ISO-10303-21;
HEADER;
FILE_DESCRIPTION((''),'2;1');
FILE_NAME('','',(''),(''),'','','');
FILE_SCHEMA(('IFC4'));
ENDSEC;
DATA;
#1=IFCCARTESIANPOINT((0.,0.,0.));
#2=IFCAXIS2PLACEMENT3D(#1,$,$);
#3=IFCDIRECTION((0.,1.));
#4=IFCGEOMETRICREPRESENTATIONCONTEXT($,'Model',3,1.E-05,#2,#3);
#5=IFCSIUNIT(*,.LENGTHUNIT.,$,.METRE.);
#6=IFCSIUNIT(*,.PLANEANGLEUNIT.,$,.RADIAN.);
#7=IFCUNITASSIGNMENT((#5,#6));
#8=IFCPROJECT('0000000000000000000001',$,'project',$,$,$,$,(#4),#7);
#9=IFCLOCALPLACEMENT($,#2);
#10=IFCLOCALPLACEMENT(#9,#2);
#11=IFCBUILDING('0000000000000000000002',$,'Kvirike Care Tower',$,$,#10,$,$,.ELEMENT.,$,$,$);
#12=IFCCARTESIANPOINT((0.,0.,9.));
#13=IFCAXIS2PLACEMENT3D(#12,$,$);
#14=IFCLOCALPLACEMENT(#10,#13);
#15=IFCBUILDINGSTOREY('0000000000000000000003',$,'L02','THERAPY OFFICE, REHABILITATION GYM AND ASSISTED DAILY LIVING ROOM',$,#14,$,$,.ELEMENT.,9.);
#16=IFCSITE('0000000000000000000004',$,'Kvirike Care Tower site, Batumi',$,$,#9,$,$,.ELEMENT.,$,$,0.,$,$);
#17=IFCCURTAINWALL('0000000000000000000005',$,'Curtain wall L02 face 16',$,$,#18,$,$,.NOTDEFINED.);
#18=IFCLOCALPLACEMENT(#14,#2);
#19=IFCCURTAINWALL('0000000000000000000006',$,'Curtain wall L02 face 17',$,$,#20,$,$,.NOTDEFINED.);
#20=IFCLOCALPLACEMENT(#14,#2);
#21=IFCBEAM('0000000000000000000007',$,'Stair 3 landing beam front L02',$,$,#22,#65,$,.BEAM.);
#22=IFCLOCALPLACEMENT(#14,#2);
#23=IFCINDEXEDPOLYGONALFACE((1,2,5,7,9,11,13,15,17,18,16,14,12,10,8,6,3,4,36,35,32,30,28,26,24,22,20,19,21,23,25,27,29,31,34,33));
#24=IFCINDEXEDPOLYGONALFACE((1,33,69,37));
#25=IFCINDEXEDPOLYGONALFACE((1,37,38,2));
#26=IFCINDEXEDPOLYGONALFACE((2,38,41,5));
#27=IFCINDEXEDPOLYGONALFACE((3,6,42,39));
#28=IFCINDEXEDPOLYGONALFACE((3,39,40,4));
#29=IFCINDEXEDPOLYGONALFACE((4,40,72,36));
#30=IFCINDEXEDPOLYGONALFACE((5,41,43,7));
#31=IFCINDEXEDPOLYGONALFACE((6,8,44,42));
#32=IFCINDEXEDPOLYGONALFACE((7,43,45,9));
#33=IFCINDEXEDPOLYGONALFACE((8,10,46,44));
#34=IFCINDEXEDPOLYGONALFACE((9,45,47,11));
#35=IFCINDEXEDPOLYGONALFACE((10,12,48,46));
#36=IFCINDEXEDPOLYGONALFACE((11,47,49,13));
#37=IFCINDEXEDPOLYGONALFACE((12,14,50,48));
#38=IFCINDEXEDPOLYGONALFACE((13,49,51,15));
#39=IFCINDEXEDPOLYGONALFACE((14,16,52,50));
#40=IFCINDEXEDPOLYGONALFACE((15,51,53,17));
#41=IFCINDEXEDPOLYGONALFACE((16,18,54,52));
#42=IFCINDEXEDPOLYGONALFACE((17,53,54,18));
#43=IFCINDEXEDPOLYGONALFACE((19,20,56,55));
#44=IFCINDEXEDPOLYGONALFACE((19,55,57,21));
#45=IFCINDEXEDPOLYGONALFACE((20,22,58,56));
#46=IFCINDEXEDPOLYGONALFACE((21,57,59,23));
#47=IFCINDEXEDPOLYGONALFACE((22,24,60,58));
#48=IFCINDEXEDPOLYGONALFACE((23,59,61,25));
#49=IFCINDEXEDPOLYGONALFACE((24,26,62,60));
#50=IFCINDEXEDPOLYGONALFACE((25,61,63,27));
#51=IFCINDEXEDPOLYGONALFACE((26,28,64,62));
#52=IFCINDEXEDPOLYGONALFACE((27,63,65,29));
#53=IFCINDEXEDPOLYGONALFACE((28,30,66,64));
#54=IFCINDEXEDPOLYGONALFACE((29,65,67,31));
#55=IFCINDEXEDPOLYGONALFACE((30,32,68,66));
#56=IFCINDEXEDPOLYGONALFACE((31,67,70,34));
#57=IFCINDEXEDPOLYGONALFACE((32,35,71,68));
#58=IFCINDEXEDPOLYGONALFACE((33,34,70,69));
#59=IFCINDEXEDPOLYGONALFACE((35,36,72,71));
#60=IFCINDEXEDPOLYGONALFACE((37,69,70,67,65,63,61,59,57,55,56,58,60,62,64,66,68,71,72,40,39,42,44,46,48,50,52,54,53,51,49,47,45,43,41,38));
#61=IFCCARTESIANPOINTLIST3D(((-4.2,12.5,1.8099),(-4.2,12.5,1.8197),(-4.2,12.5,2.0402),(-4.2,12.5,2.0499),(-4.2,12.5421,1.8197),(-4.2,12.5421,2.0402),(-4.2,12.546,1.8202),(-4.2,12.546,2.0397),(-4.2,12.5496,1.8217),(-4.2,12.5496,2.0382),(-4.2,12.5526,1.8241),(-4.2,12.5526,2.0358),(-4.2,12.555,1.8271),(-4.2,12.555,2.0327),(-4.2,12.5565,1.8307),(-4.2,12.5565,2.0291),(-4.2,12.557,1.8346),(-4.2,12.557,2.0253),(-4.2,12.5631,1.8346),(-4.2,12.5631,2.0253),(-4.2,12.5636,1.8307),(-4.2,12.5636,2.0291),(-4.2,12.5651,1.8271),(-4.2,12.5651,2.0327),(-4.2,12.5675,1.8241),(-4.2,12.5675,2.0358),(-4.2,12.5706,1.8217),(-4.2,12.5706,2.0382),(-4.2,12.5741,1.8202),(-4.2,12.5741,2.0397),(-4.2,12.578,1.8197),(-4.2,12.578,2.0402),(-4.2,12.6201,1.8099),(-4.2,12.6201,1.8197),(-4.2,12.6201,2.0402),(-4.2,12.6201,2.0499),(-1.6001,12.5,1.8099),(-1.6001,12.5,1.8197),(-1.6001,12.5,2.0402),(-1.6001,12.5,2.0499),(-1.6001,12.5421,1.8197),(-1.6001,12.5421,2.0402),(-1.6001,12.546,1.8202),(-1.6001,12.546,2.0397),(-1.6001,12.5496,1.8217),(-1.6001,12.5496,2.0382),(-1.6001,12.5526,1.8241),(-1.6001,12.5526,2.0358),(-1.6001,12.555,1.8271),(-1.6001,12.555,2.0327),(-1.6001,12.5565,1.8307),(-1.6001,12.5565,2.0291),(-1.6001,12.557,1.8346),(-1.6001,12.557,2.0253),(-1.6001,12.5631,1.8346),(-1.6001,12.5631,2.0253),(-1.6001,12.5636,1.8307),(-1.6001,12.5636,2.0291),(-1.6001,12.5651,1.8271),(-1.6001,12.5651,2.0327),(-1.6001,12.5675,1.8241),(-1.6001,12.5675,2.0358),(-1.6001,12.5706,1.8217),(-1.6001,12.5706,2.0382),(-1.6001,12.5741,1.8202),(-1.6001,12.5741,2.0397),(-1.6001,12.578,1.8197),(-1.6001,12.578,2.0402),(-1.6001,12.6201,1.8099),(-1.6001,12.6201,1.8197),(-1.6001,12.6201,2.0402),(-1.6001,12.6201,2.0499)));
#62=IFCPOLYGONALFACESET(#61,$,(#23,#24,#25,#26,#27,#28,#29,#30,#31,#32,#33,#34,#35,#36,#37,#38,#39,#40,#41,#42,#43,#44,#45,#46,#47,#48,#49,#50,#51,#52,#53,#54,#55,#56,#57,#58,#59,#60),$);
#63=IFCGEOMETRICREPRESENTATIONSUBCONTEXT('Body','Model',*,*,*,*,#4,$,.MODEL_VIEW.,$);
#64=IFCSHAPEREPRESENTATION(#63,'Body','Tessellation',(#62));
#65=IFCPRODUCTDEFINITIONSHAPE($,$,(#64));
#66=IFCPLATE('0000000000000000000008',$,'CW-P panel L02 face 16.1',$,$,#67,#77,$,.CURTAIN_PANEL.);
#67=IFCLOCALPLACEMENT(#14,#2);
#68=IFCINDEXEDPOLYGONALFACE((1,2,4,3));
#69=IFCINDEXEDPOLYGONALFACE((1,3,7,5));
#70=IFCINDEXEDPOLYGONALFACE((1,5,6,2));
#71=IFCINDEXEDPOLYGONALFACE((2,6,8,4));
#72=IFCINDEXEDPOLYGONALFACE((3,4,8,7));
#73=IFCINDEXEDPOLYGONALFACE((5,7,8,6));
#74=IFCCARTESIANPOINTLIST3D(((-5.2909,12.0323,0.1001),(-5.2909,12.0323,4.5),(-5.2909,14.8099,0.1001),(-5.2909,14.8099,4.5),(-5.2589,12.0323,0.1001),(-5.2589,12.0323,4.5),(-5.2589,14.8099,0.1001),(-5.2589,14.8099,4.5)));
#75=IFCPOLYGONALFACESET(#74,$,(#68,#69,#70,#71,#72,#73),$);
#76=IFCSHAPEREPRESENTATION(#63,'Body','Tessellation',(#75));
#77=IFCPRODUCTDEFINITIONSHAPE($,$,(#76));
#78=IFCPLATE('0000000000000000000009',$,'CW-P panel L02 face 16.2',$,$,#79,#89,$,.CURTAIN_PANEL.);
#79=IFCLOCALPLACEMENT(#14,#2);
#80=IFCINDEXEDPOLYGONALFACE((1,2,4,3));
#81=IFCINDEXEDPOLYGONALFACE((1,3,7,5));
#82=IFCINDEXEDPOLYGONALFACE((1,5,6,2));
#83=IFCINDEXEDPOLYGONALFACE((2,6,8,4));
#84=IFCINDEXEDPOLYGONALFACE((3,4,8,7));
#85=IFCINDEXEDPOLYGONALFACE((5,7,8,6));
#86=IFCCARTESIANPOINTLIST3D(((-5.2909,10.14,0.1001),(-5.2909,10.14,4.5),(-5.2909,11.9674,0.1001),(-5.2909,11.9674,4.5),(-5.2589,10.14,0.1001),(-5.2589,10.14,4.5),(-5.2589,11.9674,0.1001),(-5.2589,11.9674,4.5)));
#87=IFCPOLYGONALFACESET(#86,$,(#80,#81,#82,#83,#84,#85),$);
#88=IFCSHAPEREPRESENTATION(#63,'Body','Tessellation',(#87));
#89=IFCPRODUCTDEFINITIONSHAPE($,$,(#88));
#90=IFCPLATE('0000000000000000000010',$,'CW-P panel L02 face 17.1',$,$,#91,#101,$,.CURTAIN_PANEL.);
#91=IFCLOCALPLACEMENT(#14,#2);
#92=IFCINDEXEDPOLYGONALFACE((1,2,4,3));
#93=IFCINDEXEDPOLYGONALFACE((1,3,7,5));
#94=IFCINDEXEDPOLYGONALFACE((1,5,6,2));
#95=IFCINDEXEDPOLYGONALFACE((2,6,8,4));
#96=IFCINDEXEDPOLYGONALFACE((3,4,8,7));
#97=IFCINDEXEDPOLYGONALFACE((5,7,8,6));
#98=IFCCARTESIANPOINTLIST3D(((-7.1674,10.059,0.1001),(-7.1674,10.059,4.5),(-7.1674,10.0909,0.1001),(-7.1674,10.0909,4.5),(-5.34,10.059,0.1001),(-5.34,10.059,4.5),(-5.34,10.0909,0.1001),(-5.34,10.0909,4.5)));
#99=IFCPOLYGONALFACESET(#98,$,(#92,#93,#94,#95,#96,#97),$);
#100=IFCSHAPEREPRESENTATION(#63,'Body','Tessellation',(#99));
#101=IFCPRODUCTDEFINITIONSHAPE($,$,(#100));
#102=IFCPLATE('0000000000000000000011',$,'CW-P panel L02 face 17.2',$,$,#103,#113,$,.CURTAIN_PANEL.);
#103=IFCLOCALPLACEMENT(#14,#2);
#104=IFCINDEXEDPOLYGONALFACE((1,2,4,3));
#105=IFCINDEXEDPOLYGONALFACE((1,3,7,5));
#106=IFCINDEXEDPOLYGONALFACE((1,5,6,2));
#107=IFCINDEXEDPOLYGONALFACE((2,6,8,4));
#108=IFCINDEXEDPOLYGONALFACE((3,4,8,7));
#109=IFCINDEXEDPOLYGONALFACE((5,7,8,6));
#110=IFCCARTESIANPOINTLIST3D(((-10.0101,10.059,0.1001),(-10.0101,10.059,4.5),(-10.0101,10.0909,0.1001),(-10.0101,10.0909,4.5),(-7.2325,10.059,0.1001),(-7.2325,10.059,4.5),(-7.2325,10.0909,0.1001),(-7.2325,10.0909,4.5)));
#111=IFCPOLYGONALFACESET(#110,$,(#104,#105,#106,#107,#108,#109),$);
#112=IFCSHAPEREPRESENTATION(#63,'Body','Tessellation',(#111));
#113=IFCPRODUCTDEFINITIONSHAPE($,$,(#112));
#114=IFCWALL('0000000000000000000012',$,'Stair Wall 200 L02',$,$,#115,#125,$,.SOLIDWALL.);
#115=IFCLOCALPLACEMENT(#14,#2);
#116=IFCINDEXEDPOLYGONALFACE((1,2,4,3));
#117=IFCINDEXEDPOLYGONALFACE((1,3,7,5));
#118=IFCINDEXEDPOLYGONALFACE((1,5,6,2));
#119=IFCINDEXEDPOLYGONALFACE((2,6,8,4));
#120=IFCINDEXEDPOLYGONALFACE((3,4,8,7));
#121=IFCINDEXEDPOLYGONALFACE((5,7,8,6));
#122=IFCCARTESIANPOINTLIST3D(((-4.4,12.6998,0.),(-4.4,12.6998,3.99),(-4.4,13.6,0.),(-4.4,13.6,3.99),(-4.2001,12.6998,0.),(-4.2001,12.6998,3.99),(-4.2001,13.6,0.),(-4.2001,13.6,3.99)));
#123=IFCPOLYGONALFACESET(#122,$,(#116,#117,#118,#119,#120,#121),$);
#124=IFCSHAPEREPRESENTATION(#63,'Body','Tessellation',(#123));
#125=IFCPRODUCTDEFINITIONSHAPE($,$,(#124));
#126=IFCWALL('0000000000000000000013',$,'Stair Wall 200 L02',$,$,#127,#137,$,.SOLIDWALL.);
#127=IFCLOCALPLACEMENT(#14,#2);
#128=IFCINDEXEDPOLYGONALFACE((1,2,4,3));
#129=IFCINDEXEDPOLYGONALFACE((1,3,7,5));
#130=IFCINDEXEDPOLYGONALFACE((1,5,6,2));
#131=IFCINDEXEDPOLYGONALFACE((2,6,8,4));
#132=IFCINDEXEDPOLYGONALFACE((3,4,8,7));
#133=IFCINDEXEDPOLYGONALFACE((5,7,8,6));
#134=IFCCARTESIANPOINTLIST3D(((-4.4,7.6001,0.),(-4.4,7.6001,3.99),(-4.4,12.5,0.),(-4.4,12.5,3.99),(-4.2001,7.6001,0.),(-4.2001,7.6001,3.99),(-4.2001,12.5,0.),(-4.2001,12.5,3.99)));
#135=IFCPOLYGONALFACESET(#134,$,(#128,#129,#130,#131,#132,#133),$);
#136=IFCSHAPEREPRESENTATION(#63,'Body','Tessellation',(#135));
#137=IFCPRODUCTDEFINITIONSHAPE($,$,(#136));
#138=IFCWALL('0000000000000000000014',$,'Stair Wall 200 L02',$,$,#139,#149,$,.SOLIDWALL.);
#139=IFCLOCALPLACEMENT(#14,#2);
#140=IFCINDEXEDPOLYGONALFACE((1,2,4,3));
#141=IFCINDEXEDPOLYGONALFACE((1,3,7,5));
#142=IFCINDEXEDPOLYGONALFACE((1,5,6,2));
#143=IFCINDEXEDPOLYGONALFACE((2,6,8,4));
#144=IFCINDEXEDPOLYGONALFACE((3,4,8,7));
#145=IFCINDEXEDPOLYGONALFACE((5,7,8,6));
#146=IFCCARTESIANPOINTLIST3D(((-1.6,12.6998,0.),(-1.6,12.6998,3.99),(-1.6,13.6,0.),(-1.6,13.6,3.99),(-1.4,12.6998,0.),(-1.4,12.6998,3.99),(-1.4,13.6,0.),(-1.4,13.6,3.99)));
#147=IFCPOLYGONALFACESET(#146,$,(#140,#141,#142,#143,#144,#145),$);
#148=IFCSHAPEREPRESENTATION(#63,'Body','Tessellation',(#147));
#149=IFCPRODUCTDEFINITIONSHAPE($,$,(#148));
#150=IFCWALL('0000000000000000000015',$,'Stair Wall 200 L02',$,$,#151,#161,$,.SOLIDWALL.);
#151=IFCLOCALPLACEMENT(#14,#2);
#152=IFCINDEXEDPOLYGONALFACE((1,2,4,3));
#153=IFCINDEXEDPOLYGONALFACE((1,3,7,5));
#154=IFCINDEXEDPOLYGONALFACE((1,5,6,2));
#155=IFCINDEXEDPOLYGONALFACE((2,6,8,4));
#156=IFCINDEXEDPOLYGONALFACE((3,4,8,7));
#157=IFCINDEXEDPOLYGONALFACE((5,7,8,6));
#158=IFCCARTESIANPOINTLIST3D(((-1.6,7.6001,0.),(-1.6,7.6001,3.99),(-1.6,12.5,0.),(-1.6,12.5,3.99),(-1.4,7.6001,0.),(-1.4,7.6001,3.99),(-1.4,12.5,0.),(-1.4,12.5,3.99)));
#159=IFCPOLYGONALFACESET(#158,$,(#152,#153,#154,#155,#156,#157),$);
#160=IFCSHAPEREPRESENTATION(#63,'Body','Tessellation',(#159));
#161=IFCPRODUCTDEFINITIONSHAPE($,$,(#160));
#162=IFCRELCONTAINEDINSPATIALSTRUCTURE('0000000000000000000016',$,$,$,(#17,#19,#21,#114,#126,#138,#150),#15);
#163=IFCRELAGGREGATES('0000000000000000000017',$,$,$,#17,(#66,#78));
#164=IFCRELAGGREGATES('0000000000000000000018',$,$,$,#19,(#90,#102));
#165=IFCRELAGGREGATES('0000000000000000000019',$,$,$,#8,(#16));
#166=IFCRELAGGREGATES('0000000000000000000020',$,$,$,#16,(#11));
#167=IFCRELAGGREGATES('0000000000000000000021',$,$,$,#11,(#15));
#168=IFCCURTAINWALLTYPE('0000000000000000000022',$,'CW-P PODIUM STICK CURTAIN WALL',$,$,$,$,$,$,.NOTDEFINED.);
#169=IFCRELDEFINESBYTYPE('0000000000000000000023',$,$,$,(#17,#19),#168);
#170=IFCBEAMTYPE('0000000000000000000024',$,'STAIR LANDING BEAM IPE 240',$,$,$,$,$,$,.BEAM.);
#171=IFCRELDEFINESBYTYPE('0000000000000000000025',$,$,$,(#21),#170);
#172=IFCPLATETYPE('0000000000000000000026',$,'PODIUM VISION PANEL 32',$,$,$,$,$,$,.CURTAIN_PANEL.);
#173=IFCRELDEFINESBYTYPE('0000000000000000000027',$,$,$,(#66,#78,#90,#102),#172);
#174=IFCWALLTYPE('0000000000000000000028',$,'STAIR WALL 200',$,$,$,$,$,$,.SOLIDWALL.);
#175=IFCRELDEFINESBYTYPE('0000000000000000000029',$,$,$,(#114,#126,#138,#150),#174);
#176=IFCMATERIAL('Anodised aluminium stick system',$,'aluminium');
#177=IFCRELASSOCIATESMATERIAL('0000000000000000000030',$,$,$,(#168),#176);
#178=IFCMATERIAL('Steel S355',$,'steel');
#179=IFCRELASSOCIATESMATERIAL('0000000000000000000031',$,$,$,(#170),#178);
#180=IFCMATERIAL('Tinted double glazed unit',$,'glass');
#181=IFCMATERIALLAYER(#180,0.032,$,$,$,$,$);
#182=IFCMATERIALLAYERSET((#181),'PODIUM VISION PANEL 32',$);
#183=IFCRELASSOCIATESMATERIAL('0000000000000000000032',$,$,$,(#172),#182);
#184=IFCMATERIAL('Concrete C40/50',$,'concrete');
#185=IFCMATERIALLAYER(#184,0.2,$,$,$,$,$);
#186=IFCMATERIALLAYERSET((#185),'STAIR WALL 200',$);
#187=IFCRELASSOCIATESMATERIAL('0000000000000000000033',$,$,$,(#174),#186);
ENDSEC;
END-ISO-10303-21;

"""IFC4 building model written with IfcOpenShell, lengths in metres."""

from ifc_helpers import new_model, si_unit, direction, frame, frame_2d, origin, origin_2d, place, context, subcontext, project, spatial, rectangle, i_section, extrude, material, layer, layer_set, material_profile, profile_set, type_object, element, aggregate, save


model = new_model("IFC4")

# Units and contexts
model_context = context("Model", 3, precision=1e-05, world=origin(), true_north=direction((0.0, 1.0)))
body_context = subcontext(model_context, "Body", "Model", "MODEL_VIEW")
ifc_project = project(units=[si_unit("LENGTHUNIT", "METRE"), si_unit("PLANEANGLEUNIT", "RADIAN")], contexts=[model_context])

# Site, building, storey
site_placement = place(None, origin())
site = spatial("IfcSite", under=ifc_project, at=site_placement, Name="Kvirike Care Tower site, Batumi", CompositionType="ELEMENT", RefElevation=0.0)
building_placement = place(site_placement, origin())
building = spatial("IfcBuilding", under=site, at=building_placement, Name="Kvirike Care Tower", CompositionType="ELEMENT")
storey_placement = place(building_placement, frame((0.0, 0.0, 9.0)))
storey = spatial("IfcBuildingStorey", under=building, at=storey_placement, Name="L02", Description="THERAPY OFFICE, REHABILITATION GYM AND ASSISTED DAILY LIVING ROOM", CompositionType="ELEMENT", Elevation=9.0)

# Curtain walls
ifc_material_1 = material(Name="Anodised aluminium stick system", Category="aluminium")
curtain_wall_type = type_object("IfcCurtainWallType", Name="CW-P PODIUM STICK CURTAIN WALL", PredefinedType="NOTDEFINED", material=ifc_material_1)
curtain_wall_1_placement = place(storey_placement, origin())
curtain_wall_1 = element("IfcCurtainWall", 1, at=curtain_wall_1_placement, inside=storey, type_object=curtain_wall_type, Name="Curtain wall L02 face 16", PredefinedType="NOTDEFINED")
curtain_wall_2_placement = place(storey_placement, origin())
curtain_wall_2 = element("IfcCurtainWall", 2, at=curtain_wall_2_placement, inside=storey, type_object=curtain_wall_type, Name="Curtain wall L02 face 17", PredefinedType="NOTDEFINED")

# Beam
ifc_material_2 = material(Name="Steel S355", Category="steel")
ifc_material_profile_1 = material_profile(ifc_material_2, i_section(OverallWidth=0.1201, OverallDepth=0.24, WebThickness=0.0061, FlangeThickness=0.0098, FilletRadius=0.0149, at=origin_2d()), Name="IPE 240")
ifc_profile_set_1 = profile_set([ifc_material_profile_1], Name="Steel S355")
beam_type_1 = type_object("IfcBeamType", Name="STAIR LANDING BEAM IPE 240", PredefinedType="BEAM", material=ifc_profile_set_1)
beam_1_placement = place(storey_placement, frame((-4.2, 12.5601, 1.9299), z_axis=(1.0, 0.0, 0.0), x_axis=(0.0, 1.0, 0.0)))
element("IfcBeam", 3, at=beam_1_placement, inside=storey, type_object=beam_type_1, Name="Stair 3 landing beam front L02", PredefinedType="BEAM", context=body_context, shape_type="SweptSolid", body=[
    extrude(i_section(OverallWidth=0.1201, OverallDepth=0.24, WebThickness=0.0061, FlangeThickness=0.0098, FilletRadius=0.0149, at=origin_2d()), origin(), (0.0, 0.0, 1.0), 2.5999),
])

# Plates
ifc_material_3 = material(Name="Tinted double glazed unit", Category="glass")
ifc_layer_1 = layer(ifc_material_3, 0.032)
ifc_layer_set_1 = layer_set([ifc_layer_1], Name="PODIUM VISION PANEL 32")
plate_type = type_object("IfcPlateType", Name="PODIUM VISION PANEL 32", PredefinedType="CURTAIN_PANEL", material=ifc_layer_set_1)
plate_1_placement = place(storey_placement, frame((-5.2749, 13.4211, 0.1001), z_axis=(0.0, 0.0, 1.0), x_axis=(0.0, -1.0, 0.0)))
plate_1 = element("IfcPlate", 4, at=plate_1_placement, type_object=plate_type, Name="CW-P panel L02 face 16.1", PredefinedType="CURTAIN_PANEL", context=body_context, shape_type="SweptSolid", body=[
    extrude(rectangle(XDim=2.7776, YDim=0.032, at=origin_2d()), origin(), (0.0, 0.0, 1.0), 4.3999),
])
plate_2_placement = place(storey_placement, frame((-5.2749, 11.0537, 0.1001), z_axis=(0.0, 0.0, 1.0), x_axis=(0.0, -1.0, 0.0)))
plate_2 = element("IfcPlate", 5, at=plate_2_placement, type_object=plate_type, Name="CW-P panel L02 face 16.2", PredefinedType="CURTAIN_PANEL", context=body_context, shape_type="SweptSolid", body=[
    extrude(rectangle(XDim=1.8274, YDim=0.032, at=origin_2d()), origin(), (0.0, 0.0, 1.0), 4.3999),
])
aggregate(curtain_wall_1, [plate_1, plate_2])
plate_3_placement = place(storey_placement, frame((-6.2537, 10.075, 0.1001), z_axis=(0.0, 0.0, 1.0), x_axis=(-1.0, 0.0, 0.0)))
plate_3 = element("IfcPlate", 6, at=plate_3_placement, type_object=plate_type, Name="CW-P panel L02 face 17.1", PredefinedType="CURTAIN_PANEL", context=body_context, shape_type="SweptSolid", body=[
    extrude(rectangle(XDim=1.8274, YDim=0.032, at=origin_2d()), origin(), (0.0, 0.0, 1.0), 4.3999),
])
plate_4_placement = place(storey_placement, frame((-8.6213, 10.075, 0.1001), z_axis=(0.0, 0.0, 1.0), x_axis=(-1.0, 0.0, 0.0)))
plate_4 = element("IfcPlate", 7, at=plate_4_placement, type_object=plate_type, Name="CW-P panel L02 face 17.2", PredefinedType="CURTAIN_PANEL", context=body_context, shape_type="SweptSolid", body=[
    extrude(rectangle(XDim=2.7776, YDim=0.032, at=origin_2d()), origin(), (0.0, 0.0, 1.0), 4.3999),
])
aggregate(curtain_wall_2, [plate_3, plate_4])

# Walls
ifc_material_4 = material(Name="Concrete C40/50", Category="concrete")
ifc_layer_2 = layer(ifc_material_4, 0.2)
ifc_layer_set_2 = layer_set([ifc_layer_2], Name="STAIR WALL 200")
wall_type = type_object("IfcWallType", Name="STAIR WALL 200", PredefinedType="SOLIDWALL", material=ifc_layer_set_2)
wall_1_placement = place(storey_placement, frame((-4.3, 13.6001, 0.0), z_axis=(0.0, 0.0, 1.0), x_axis=(0.0, -1.0, 0.0)))
element("IfcWall", 8, at=wall_1_placement, inside=storey, type_object=wall_type, Name="Stair Wall 200 L02", PredefinedType="SOLIDWALL", context=body_context, shape_type="SweptSolid", body=[
    extrude(rectangle(XDim=0.9001, YDim=0.2, at=frame_2d((0.4502, 0.0))), origin(), (0.0, 0.0, 1.0), 3.99),
])
wall_2_placement = place(storey_placement, frame((-4.3, 12.5, 0.0), z_axis=(0.0, 0.0, 1.0), x_axis=(0.0, -1.0, 0.0)))
element("IfcWall", 9, at=wall_2_placement, inside=storey, type_object=wall_type, Name="Stair Wall 200 L02", PredefinedType="SOLIDWALL", context=body_context, shape_type="SweptSolid", body=[
    extrude(rectangle(XDim=4.8999, YDim=0.2, at=frame_2d((2.45, 0.0))), origin(), (0.0, 0.0, 1.0), 3.99),
])
wall_3_placement = place(storey_placement, frame((-1.5, 13.6001, 0.0), z_axis=(0.0, 0.0, 1.0), x_axis=(0.0, -1.0, 0.0)))
element("IfcWall", 10, at=wall_3_placement, inside=storey, type_object=wall_type, Name="Stair Wall 200 L02", PredefinedType="SOLIDWALL", context=body_context, shape_type="SweptSolid", body=[
    extrude(rectangle(XDim=0.9001, YDim=0.2, at=frame_2d((0.4502, 0.0))), origin(), (0.0, 0.0, 1.0), 3.99),
])
wall_4_placement = place(storey_placement, frame((-1.5, 12.5, 0.0), z_axis=(0.0, 0.0, 1.0), x_axis=(0.0, -1.0, 0.0)))
element("IfcWall", 11, at=wall_4_placement, inside=storey, type_object=wall_type, Name="Stair Wall 200 L02", PredefinedType="SOLIDWALL", context=body_context, shape_type="SweptSolid", body=[
    extrude(rectangle(XDim=4.8999, YDim=0.2, at=frame_2d((2.45, 0.0))), origin(), (0.0, 0.0, 1.0), 3.99),
])

save(model, "model.ifc")
